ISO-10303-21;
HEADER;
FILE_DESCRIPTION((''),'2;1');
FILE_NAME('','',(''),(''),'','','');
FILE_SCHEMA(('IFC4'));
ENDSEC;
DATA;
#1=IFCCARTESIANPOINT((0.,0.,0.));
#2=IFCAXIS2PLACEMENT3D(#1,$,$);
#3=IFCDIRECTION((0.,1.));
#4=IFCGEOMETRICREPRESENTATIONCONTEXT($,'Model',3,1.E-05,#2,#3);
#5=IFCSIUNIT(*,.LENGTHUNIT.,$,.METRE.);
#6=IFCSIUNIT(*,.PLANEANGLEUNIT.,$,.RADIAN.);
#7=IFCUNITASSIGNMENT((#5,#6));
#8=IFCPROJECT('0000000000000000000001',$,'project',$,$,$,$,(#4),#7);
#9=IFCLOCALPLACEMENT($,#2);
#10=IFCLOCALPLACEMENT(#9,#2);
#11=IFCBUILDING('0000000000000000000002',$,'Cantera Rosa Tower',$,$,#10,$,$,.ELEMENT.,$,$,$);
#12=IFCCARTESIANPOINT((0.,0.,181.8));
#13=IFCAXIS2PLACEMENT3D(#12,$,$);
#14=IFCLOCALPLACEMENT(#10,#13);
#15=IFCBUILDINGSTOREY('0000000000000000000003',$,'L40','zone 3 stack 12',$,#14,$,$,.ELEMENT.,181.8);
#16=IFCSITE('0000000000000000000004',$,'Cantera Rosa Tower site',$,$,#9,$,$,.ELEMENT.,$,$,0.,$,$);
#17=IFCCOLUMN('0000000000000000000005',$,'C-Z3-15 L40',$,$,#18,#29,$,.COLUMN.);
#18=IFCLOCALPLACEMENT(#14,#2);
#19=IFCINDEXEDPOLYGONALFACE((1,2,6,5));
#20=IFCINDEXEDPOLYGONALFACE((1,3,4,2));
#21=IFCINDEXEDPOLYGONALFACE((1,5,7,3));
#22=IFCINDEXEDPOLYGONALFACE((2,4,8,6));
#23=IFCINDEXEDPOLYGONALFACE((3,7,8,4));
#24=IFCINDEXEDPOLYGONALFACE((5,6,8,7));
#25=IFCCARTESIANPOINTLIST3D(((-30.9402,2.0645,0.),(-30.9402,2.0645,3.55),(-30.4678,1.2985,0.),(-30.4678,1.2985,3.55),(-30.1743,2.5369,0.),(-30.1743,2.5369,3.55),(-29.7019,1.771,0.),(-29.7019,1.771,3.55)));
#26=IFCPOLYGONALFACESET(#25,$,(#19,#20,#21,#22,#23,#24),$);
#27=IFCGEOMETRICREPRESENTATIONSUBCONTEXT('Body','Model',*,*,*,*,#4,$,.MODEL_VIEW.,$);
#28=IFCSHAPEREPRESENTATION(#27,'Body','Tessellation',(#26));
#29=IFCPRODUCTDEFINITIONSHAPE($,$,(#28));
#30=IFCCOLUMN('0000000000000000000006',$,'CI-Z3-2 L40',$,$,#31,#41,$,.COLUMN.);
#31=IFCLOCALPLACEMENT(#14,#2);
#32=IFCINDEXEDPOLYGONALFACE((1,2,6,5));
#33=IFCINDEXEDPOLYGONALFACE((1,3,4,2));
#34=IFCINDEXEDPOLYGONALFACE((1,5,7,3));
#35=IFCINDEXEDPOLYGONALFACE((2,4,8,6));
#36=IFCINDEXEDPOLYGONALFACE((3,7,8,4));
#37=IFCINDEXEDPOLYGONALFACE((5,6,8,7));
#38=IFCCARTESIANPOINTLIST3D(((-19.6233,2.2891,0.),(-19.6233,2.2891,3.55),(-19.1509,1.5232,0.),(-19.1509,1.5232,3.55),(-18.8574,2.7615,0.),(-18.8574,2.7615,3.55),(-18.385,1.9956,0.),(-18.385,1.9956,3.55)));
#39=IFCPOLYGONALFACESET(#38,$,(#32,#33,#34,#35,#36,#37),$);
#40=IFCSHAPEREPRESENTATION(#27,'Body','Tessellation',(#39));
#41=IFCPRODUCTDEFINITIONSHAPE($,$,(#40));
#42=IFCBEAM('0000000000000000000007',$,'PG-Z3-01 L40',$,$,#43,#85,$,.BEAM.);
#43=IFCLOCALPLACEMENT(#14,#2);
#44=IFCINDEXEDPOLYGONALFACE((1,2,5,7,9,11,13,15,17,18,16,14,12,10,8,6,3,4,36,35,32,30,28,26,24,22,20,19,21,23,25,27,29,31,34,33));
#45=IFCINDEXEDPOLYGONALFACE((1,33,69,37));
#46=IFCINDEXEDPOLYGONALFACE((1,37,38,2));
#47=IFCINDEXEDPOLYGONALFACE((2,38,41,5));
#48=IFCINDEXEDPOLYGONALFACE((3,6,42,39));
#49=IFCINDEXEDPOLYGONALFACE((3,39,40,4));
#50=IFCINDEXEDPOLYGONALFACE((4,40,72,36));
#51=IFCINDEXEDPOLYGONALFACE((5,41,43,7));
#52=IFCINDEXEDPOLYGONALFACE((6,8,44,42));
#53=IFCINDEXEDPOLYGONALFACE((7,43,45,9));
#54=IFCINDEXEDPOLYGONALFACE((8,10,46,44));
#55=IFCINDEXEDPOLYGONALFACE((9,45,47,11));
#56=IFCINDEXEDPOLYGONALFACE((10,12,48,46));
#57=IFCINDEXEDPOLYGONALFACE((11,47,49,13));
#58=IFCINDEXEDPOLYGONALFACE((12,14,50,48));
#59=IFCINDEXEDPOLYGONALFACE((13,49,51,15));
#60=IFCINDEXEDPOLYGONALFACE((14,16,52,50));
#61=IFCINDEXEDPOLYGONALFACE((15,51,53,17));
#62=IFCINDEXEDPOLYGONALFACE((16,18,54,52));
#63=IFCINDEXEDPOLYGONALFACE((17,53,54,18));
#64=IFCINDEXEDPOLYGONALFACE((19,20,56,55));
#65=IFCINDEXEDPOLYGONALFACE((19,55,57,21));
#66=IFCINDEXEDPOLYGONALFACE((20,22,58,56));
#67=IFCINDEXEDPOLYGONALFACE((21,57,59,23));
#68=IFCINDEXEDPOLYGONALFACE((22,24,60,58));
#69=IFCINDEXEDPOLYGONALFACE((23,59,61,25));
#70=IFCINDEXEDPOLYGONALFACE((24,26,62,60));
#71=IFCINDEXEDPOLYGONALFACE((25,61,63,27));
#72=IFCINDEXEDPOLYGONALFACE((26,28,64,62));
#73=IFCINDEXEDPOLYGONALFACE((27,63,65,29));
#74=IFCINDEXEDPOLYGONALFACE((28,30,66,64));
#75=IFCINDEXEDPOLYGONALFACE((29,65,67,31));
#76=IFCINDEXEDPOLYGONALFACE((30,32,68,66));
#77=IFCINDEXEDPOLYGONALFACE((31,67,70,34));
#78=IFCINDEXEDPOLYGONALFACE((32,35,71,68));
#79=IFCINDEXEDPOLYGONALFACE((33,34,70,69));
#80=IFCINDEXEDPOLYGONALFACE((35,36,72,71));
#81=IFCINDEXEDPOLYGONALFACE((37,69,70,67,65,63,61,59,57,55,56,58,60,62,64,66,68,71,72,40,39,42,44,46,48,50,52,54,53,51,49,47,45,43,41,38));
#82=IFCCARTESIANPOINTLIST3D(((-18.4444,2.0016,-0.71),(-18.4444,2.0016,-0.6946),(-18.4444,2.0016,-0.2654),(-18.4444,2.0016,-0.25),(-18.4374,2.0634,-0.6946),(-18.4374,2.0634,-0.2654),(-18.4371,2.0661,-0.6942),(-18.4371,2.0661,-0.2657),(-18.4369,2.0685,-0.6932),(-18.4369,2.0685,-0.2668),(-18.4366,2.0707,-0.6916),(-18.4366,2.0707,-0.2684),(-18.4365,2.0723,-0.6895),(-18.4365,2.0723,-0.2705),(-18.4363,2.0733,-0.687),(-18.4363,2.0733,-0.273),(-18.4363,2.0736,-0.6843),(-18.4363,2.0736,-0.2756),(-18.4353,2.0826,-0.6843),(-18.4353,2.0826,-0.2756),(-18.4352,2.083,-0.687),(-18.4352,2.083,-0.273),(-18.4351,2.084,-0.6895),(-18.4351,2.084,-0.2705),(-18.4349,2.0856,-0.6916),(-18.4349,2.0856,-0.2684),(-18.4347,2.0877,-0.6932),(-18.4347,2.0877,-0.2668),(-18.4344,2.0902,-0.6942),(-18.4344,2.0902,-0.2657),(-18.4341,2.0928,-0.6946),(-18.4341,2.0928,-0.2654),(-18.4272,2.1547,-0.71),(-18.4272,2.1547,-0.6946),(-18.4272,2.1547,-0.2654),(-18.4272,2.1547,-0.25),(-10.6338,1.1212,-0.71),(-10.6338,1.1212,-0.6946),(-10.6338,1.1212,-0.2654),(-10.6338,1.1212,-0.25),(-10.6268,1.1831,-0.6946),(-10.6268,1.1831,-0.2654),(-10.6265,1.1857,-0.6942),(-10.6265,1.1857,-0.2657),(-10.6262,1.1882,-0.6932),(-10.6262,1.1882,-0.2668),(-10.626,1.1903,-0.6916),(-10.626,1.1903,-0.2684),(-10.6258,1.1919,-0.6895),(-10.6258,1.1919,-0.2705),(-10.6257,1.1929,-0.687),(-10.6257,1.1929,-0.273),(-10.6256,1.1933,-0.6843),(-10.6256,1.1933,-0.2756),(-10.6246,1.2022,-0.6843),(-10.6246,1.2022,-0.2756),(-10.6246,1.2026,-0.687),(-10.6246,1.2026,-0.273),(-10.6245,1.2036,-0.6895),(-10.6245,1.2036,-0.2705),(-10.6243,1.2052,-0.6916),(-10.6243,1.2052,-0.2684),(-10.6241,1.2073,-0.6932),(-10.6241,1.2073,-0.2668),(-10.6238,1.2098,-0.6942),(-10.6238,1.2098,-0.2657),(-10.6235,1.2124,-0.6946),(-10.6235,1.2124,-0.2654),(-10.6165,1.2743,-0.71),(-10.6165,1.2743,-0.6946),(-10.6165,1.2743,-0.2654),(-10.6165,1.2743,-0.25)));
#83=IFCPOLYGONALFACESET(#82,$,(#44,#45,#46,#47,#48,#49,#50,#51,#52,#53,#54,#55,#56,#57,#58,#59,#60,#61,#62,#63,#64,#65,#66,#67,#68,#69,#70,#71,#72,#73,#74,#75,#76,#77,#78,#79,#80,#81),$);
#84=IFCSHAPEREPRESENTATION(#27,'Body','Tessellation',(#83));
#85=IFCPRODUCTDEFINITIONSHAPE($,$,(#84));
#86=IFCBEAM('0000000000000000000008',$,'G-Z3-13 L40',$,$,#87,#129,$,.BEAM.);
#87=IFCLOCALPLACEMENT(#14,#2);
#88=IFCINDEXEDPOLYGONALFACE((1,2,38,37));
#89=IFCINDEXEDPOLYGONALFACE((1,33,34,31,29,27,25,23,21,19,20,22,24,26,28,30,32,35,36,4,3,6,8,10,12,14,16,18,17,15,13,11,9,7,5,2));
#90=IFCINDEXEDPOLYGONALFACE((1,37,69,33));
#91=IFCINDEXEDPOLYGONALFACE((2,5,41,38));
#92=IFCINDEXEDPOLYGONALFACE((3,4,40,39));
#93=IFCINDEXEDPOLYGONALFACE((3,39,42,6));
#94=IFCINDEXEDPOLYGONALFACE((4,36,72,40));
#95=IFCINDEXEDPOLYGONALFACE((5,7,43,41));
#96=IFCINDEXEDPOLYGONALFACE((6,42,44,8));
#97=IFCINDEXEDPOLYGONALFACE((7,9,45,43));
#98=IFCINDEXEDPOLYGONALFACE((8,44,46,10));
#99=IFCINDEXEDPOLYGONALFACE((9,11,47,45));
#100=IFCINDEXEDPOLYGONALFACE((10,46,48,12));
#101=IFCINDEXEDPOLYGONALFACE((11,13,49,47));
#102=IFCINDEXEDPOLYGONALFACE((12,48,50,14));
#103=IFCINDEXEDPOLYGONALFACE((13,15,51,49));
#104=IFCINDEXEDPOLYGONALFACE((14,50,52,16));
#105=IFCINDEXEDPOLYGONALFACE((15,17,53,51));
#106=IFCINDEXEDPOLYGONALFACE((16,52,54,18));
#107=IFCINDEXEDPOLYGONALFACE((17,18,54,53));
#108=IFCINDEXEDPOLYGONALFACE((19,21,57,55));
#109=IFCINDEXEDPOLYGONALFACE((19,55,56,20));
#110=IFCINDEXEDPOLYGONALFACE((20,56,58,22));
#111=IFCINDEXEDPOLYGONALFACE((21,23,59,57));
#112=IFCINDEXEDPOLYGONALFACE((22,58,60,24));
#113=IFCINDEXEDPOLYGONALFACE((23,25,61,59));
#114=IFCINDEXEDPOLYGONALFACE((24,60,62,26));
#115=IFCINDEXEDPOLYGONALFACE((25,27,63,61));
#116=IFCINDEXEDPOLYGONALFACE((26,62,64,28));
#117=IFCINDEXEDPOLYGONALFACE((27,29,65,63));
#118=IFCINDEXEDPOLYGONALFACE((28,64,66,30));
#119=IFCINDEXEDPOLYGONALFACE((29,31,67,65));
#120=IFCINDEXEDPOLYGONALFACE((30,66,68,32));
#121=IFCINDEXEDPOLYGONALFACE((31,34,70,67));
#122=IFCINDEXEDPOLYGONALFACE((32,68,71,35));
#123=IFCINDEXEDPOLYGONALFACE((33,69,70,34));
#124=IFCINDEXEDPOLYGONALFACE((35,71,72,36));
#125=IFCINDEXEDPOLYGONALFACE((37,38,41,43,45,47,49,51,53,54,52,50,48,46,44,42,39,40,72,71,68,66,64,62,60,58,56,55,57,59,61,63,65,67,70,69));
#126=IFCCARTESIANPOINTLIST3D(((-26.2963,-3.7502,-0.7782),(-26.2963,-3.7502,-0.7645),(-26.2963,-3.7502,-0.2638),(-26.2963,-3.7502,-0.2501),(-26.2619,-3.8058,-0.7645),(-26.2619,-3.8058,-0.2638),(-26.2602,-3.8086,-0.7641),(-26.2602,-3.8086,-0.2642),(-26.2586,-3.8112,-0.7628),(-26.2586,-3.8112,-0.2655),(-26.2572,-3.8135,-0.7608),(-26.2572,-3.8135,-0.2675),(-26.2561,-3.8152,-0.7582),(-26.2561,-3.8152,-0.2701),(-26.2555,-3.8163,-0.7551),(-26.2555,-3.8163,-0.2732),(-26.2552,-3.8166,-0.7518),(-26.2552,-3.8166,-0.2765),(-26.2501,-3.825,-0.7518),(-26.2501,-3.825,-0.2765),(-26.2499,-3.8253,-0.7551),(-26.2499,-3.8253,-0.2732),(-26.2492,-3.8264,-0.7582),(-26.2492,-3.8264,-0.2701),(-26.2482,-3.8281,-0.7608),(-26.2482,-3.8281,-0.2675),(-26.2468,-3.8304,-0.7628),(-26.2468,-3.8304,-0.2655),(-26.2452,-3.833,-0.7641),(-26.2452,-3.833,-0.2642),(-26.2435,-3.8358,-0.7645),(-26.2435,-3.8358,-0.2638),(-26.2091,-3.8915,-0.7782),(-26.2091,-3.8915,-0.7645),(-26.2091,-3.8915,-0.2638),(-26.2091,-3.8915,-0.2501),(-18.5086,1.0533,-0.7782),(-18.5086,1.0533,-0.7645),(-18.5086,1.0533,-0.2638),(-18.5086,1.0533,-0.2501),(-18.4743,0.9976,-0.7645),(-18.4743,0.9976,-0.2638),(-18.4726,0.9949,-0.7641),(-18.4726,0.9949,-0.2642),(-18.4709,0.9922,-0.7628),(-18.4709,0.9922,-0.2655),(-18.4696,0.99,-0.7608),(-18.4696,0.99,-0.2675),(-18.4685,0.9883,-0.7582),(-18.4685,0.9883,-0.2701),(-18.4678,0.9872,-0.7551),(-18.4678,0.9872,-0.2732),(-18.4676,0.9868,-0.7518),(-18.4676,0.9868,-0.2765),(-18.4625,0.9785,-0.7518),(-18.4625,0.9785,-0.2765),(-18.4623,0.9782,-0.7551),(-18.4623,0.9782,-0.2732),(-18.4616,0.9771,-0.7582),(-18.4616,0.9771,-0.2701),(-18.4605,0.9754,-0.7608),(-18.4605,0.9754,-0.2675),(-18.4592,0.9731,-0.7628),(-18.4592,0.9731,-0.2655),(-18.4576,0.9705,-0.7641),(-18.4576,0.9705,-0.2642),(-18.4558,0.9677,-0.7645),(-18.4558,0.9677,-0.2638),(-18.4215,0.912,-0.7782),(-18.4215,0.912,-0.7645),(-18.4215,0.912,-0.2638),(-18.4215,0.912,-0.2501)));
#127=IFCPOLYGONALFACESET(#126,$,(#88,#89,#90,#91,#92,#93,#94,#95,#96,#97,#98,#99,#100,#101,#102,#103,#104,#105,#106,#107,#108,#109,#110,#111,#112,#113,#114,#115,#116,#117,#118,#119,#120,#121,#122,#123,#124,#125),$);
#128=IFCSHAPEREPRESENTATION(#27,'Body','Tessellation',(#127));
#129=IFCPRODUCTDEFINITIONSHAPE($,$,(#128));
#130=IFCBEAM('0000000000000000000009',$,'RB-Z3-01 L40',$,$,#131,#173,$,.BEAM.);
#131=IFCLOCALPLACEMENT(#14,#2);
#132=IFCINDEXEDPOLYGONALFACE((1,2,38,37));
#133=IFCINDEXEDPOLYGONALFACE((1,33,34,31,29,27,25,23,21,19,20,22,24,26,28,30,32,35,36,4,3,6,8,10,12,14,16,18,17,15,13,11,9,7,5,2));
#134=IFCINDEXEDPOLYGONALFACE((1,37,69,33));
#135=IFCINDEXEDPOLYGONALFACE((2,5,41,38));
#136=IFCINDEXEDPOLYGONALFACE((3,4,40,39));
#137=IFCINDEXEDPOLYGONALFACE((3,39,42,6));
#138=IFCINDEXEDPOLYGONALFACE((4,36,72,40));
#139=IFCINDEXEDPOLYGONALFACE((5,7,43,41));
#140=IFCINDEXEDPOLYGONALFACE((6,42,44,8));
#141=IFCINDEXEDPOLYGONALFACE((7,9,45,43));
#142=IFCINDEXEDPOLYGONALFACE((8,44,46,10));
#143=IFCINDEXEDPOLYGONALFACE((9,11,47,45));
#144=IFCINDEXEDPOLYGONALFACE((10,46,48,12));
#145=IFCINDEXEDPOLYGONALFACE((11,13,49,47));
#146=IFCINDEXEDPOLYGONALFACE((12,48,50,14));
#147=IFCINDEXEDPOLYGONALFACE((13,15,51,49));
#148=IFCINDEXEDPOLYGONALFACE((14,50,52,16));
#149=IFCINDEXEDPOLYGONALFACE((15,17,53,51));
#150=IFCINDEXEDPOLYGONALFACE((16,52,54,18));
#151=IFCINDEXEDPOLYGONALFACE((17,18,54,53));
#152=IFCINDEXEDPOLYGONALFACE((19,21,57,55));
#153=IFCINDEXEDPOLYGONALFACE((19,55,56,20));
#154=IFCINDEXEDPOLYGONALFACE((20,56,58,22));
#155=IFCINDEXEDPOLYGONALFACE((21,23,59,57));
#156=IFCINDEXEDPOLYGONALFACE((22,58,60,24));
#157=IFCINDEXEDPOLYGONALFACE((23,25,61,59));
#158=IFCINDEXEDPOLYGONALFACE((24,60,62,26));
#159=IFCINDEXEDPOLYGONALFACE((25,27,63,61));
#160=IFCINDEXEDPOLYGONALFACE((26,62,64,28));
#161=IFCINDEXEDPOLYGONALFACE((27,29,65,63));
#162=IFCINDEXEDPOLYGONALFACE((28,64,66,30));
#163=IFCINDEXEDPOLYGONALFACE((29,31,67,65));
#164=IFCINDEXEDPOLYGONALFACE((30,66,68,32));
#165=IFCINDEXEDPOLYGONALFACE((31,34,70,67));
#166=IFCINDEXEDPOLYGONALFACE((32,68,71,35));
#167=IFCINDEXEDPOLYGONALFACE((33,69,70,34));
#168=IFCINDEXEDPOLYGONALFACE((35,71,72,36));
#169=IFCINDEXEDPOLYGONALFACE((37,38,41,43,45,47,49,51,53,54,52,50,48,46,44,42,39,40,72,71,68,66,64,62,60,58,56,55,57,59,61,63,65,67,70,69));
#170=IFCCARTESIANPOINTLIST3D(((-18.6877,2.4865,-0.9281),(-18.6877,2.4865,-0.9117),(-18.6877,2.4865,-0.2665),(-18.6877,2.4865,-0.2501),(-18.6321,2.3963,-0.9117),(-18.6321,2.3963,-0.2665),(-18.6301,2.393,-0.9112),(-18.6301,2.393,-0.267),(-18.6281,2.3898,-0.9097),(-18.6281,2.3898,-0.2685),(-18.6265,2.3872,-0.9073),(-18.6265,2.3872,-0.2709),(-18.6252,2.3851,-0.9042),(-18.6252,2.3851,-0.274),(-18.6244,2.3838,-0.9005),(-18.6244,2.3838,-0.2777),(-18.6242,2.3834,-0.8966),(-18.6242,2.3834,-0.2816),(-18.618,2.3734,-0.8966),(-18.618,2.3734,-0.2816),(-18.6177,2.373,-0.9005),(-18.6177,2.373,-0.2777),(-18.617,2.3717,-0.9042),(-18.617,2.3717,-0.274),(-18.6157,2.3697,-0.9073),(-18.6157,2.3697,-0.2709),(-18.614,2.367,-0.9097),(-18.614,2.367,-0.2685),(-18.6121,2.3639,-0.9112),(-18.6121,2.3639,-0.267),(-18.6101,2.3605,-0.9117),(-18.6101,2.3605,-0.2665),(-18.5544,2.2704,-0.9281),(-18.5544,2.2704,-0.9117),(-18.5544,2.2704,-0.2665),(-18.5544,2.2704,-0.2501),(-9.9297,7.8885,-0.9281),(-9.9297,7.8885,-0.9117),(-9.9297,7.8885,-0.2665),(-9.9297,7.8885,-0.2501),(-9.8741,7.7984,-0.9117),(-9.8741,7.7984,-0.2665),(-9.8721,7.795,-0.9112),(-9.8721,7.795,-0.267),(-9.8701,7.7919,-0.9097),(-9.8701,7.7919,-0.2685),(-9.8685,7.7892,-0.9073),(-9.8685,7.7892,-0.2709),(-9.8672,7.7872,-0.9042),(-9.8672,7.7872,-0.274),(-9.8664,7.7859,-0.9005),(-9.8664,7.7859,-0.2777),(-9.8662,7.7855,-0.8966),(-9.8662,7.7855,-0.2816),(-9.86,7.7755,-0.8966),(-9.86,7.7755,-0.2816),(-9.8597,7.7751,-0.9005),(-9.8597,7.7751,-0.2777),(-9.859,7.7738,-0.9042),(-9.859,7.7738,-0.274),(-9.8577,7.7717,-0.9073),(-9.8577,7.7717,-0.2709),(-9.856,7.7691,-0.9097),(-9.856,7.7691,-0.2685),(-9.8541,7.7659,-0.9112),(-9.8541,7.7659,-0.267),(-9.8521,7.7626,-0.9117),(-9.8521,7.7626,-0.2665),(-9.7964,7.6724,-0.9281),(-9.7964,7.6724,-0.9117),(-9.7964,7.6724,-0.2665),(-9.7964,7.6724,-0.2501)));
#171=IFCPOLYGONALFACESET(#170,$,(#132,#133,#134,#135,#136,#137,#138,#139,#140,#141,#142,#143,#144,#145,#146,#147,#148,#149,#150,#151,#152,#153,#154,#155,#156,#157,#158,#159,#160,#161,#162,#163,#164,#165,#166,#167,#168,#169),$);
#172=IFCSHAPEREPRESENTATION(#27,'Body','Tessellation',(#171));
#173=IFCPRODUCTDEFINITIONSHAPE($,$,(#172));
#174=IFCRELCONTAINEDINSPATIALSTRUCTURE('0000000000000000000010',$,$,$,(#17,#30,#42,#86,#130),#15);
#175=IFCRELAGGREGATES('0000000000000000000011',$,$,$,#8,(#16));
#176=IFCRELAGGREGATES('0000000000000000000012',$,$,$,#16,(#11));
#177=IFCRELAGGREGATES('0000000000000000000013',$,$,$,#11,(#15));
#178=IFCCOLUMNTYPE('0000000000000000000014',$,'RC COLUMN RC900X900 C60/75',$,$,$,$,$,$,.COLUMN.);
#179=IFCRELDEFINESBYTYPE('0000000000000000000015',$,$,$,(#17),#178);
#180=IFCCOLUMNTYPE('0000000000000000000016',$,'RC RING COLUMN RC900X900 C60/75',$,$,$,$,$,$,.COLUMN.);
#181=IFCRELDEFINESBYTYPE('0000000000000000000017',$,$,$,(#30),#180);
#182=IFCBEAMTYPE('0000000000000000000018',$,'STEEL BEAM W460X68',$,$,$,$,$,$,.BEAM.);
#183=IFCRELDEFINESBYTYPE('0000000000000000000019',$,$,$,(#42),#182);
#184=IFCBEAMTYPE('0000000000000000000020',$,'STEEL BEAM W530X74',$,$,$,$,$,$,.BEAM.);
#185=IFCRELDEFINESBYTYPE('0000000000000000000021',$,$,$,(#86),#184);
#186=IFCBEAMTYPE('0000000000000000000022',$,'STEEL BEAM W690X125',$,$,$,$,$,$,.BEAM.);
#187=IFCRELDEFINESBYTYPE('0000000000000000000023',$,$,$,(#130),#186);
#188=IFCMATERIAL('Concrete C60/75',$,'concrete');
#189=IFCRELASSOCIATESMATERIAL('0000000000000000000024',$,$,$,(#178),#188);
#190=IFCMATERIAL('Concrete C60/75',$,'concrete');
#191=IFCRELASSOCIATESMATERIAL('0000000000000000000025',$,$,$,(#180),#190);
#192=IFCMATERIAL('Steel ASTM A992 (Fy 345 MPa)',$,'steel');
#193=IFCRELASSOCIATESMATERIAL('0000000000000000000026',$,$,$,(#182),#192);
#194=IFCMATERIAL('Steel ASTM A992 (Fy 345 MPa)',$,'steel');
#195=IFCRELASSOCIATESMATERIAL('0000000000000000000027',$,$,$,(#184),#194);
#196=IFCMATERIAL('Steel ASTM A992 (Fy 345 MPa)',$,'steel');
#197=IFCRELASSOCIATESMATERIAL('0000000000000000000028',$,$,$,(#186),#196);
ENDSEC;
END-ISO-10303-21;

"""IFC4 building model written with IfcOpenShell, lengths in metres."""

from ifc_helpers import new_model, si_unit, direction, frame, origin, origin_2d, place, context, subcontext, project, spatial, rectangle, i_section, extrude, material, material_profile, profile_set, type_object, element, save


model = new_model("IFC4")

# Units and contexts
model_context = context("Model", 3, precision=1e-05, world=origin(), true_north=direction((0.0, 1.0)))
body_context = subcontext(model_context, "Body", "Model", "MODEL_VIEW")
ifc_project = project(units=[si_unit("LENGTHUNIT", "METRE"), si_unit("PLANEANGLEUNIT", "RADIAN")], contexts=[model_context])

# Site, building, storey
site_placement = place(None, origin())
site = spatial("IfcSite", under=ifc_project, at=site_placement, Name="Cantera Rosa Tower site", CompositionType="ELEMENT", RefElevation=0.0)
building_placement = place(site_placement, origin())
building = spatial("IfcBuilding", under=site, at=building_placement, Name="Cantera Rosa Tower", CompositionType="ELEMENT")
storey_placement = place(building_placement, frame((0.0, 0.0, 181.8)))
storey = spatial("IfcBuildingStorey", under=building, at=storey_placement, Name="L40", Description="zone 3 stack 12", CompositionType="ELEMENT", Elevation=181.8)

# Columns
ifc_material_1 = material(Name="Concrete C60/75", Category="concrete")
ifc_material_profile_1 = material_profile(ifc_material_1, rectangle(XDim=0.8999, YDim=0.8999, at=origin_2d()), Name="RC COLUMN RC900X900 C60/75")
ifc_profile_set_1 = profile_set([ifc_material_profile_1], Name="Concrete C60/75")
column_type_1 = type_object("IfcColumnType", Name="RC COLUMN RC900X900 C60/75", PredefinedType="COLUMN", material=ifc_profile_set_1)
column_1_placement = place(storey_placement, frame((-30.321, 1.9177, 0.0), z_axis=(0.0, 0.0, 1.0), x_axis=(0.851117, 0.524977, 0.0)))
element("IfcColumn", 1, at=column_1_placement, inside=storey, type_object=column_type_1, Name="C-Z3-15 L40", PredefinedType="COLUMN", context=body_context, shape_type="SweptSolid", body=[
    extrude(rectangle(XDim=0.8999, YDim=0.8999, at=origin_2d()), origin(), (0.0, 0.0, 1.0), 3.55),
])
ifc_material_2 = material(Name="Concrete C60/75", Category="concrete")
ifc_material_profile_2 = material_profile(ifc_material_2, rectangle(XDim=0.8999, YDim=0.8999, at=origin_2d()), Name="RC RING COLUMN RC900X900 C60/75")
ifc_profile_set_2 = profile_set([ifc_material_profile_2], Name="Concrete C60/75")
column_type_2 = type_object("IfcColumnType", Name="RC RING COLUMN RC900X900 C60/75", PredefinedType="COLUMN", material=ifc_profile_set_2)
column_2_placement = place(storey_placement, frame((-19.0042, 2.1423, 0.0), z_axis=(0.0, 0.0, 1.0), x_axis=(0.851117, 0.524977, 0.0)))
element("IfcColumn", 2, at=column_2_placement, inside=storey, type_object=column_type_2, Name="CI-Z3-2 L40", PredefinedType="COLUMN", context=body_context, shape_type="SweptSolid", body=[
    extrude(rectangle(XDim=0.8999, YDim=0.8999, at=origin_2d()), origin(), (0.0, 0.0, 1.0), 3.55),
])

# Beams
ifc_material_3 = material(Name="Steel ASTM A992 (Fy 345 MPa)", Category="steel")
ifc_material_profile_3 = material_profile(ifc_material_3, i_section(OverallWidth=0.1541, OverallDepth=0.46, WebThickness=0.009, FlangeThickness=0.0154, FilletRadius=0.0103, at=origin_2d()), Name="W460X68")
ifc_profile_set_3 = profile_set([ifc_material_profile_3], Name="Steel ASTM A992 (Fy 345 MPa)")
beam_type_1 = type_object("IfcBeamType", Name="STEEL BEAM W460X68", PredefinedType="BEAM", material=ifc_profile_set_3)
beam_1_placement = place(storey_placement, frame((-18.4358, 2.0781, -0.48), z_axis=(0.993707, -0.112006, 0.0), x_axis=(0.112006, 0.993707, 0.0)))
element("IfcBeam", 3, at=beam_1_placement, inside=storey, type_object=beam_type_1, Name="PG-Z3-01 L40", PredefinedType="BEAM", context=body_context, shape_type="SweptSolid", body=[
    extrude(i_section(OverallWidth=0.1541, OverallDepth=0.46, WebThickness=0.009, FlangeThickness=0.0154, FilletRadius=0.0103, at=origin_2d()), origin(), (0.0, 0.0, 1.0), 7.8601),
])
ifc_material_4 = material(Name="Steel ASTM A992 (Fy 345 MPa)", Category="steel")
ifc_material_profile_4 = material_profile(ifc_material_4, i_section(OverallWidth=0.166, OverallDepth=0.5281, WebThickness=0.0098, FlangeThickness=0.0137, FilletRadius=0.0127, at=origin_2d()), Name="W530X74")
ifc_profile_set_4 = profile_set([ifc_material_profile_4], Name="Steel ASTM A992 (Fy 345 MPa)")
beam_type_2 = type_object("IfcBeamType", Name="STEEL BEAM W530X74", PredefinedType="BEAM", material=ifc_profile_set_4)
beam_2_placement = place(storey_placement, frame((-26.2527, -3.8208, -0.5142), z_axis=(0.851116, 0.524977, 0.0), x_axis=(-0.524977, 0.851116, 0.0)))
element("IfcBeam", 4, at=beam_2_placement, inside=storey, type_object=beam_type_2, Name="G-Z3-13 L40", PredefinedType="BEAM", context=body_context, shape_type="SweptSolid", body=[
    extrude(i_section(OverallWidth=0.166, OverallDepth=0.5281, WebThickness=0.0098, FlangeThickness=0.0137, FilletRadius=0.0127, at=origin_2d()), origin(), (0.0, 0.0, 1.0), 9.1499),
])
ifc_material_5 = material(Name="Steel ASTM A992 (Fy 345 MPa)", Category="steel")
ifc_material_profile_5 = material_profile(ifc_material_5, i_section(OverallWidth=0.2539, OverallDepth=0.678, WebThickness=0.0117, FlangeThickness=0.0164, FilletRadius=0.0151, at=origin_2d()), Name="W690X125")
ifc_profile_set_5 = profile_set([ifc_material_profile_5], Name="Steel ASTM A992 (Fy 345 MPa)")
beam_type_3 = type_object("IfcBeamType", Name="STEEL BEAM W690X125", PredefinedType="BEAM", material=ifc_profile_set_5)
beam_3_placement = place(storey_placement, frame((-18.6211, 2.3784, -0.5891), z_axis=(0.851115, 0.52498, 0.0), x_axis=(-0.52498, 0.851115, 0.0)))
element("IfcBeam", 5, at=beam_3_placement, inside=storey, type_object=beam_type_3, Name="RB-Z3-01 L40", PredefinedType="BEAM", context=body_context, shape_type="SweptSolid", body=[
    extrude(i_section(OverallWidth=0.2539, OverallDepth=0.678, WebThickness=0.0117, FlangeThickness=0.0164, FilletRadius=0.0151, at=origin_2d()), origin(), (0.0, 0.0, 1.0), 10.29),
])

save(model, "model.ifc")
